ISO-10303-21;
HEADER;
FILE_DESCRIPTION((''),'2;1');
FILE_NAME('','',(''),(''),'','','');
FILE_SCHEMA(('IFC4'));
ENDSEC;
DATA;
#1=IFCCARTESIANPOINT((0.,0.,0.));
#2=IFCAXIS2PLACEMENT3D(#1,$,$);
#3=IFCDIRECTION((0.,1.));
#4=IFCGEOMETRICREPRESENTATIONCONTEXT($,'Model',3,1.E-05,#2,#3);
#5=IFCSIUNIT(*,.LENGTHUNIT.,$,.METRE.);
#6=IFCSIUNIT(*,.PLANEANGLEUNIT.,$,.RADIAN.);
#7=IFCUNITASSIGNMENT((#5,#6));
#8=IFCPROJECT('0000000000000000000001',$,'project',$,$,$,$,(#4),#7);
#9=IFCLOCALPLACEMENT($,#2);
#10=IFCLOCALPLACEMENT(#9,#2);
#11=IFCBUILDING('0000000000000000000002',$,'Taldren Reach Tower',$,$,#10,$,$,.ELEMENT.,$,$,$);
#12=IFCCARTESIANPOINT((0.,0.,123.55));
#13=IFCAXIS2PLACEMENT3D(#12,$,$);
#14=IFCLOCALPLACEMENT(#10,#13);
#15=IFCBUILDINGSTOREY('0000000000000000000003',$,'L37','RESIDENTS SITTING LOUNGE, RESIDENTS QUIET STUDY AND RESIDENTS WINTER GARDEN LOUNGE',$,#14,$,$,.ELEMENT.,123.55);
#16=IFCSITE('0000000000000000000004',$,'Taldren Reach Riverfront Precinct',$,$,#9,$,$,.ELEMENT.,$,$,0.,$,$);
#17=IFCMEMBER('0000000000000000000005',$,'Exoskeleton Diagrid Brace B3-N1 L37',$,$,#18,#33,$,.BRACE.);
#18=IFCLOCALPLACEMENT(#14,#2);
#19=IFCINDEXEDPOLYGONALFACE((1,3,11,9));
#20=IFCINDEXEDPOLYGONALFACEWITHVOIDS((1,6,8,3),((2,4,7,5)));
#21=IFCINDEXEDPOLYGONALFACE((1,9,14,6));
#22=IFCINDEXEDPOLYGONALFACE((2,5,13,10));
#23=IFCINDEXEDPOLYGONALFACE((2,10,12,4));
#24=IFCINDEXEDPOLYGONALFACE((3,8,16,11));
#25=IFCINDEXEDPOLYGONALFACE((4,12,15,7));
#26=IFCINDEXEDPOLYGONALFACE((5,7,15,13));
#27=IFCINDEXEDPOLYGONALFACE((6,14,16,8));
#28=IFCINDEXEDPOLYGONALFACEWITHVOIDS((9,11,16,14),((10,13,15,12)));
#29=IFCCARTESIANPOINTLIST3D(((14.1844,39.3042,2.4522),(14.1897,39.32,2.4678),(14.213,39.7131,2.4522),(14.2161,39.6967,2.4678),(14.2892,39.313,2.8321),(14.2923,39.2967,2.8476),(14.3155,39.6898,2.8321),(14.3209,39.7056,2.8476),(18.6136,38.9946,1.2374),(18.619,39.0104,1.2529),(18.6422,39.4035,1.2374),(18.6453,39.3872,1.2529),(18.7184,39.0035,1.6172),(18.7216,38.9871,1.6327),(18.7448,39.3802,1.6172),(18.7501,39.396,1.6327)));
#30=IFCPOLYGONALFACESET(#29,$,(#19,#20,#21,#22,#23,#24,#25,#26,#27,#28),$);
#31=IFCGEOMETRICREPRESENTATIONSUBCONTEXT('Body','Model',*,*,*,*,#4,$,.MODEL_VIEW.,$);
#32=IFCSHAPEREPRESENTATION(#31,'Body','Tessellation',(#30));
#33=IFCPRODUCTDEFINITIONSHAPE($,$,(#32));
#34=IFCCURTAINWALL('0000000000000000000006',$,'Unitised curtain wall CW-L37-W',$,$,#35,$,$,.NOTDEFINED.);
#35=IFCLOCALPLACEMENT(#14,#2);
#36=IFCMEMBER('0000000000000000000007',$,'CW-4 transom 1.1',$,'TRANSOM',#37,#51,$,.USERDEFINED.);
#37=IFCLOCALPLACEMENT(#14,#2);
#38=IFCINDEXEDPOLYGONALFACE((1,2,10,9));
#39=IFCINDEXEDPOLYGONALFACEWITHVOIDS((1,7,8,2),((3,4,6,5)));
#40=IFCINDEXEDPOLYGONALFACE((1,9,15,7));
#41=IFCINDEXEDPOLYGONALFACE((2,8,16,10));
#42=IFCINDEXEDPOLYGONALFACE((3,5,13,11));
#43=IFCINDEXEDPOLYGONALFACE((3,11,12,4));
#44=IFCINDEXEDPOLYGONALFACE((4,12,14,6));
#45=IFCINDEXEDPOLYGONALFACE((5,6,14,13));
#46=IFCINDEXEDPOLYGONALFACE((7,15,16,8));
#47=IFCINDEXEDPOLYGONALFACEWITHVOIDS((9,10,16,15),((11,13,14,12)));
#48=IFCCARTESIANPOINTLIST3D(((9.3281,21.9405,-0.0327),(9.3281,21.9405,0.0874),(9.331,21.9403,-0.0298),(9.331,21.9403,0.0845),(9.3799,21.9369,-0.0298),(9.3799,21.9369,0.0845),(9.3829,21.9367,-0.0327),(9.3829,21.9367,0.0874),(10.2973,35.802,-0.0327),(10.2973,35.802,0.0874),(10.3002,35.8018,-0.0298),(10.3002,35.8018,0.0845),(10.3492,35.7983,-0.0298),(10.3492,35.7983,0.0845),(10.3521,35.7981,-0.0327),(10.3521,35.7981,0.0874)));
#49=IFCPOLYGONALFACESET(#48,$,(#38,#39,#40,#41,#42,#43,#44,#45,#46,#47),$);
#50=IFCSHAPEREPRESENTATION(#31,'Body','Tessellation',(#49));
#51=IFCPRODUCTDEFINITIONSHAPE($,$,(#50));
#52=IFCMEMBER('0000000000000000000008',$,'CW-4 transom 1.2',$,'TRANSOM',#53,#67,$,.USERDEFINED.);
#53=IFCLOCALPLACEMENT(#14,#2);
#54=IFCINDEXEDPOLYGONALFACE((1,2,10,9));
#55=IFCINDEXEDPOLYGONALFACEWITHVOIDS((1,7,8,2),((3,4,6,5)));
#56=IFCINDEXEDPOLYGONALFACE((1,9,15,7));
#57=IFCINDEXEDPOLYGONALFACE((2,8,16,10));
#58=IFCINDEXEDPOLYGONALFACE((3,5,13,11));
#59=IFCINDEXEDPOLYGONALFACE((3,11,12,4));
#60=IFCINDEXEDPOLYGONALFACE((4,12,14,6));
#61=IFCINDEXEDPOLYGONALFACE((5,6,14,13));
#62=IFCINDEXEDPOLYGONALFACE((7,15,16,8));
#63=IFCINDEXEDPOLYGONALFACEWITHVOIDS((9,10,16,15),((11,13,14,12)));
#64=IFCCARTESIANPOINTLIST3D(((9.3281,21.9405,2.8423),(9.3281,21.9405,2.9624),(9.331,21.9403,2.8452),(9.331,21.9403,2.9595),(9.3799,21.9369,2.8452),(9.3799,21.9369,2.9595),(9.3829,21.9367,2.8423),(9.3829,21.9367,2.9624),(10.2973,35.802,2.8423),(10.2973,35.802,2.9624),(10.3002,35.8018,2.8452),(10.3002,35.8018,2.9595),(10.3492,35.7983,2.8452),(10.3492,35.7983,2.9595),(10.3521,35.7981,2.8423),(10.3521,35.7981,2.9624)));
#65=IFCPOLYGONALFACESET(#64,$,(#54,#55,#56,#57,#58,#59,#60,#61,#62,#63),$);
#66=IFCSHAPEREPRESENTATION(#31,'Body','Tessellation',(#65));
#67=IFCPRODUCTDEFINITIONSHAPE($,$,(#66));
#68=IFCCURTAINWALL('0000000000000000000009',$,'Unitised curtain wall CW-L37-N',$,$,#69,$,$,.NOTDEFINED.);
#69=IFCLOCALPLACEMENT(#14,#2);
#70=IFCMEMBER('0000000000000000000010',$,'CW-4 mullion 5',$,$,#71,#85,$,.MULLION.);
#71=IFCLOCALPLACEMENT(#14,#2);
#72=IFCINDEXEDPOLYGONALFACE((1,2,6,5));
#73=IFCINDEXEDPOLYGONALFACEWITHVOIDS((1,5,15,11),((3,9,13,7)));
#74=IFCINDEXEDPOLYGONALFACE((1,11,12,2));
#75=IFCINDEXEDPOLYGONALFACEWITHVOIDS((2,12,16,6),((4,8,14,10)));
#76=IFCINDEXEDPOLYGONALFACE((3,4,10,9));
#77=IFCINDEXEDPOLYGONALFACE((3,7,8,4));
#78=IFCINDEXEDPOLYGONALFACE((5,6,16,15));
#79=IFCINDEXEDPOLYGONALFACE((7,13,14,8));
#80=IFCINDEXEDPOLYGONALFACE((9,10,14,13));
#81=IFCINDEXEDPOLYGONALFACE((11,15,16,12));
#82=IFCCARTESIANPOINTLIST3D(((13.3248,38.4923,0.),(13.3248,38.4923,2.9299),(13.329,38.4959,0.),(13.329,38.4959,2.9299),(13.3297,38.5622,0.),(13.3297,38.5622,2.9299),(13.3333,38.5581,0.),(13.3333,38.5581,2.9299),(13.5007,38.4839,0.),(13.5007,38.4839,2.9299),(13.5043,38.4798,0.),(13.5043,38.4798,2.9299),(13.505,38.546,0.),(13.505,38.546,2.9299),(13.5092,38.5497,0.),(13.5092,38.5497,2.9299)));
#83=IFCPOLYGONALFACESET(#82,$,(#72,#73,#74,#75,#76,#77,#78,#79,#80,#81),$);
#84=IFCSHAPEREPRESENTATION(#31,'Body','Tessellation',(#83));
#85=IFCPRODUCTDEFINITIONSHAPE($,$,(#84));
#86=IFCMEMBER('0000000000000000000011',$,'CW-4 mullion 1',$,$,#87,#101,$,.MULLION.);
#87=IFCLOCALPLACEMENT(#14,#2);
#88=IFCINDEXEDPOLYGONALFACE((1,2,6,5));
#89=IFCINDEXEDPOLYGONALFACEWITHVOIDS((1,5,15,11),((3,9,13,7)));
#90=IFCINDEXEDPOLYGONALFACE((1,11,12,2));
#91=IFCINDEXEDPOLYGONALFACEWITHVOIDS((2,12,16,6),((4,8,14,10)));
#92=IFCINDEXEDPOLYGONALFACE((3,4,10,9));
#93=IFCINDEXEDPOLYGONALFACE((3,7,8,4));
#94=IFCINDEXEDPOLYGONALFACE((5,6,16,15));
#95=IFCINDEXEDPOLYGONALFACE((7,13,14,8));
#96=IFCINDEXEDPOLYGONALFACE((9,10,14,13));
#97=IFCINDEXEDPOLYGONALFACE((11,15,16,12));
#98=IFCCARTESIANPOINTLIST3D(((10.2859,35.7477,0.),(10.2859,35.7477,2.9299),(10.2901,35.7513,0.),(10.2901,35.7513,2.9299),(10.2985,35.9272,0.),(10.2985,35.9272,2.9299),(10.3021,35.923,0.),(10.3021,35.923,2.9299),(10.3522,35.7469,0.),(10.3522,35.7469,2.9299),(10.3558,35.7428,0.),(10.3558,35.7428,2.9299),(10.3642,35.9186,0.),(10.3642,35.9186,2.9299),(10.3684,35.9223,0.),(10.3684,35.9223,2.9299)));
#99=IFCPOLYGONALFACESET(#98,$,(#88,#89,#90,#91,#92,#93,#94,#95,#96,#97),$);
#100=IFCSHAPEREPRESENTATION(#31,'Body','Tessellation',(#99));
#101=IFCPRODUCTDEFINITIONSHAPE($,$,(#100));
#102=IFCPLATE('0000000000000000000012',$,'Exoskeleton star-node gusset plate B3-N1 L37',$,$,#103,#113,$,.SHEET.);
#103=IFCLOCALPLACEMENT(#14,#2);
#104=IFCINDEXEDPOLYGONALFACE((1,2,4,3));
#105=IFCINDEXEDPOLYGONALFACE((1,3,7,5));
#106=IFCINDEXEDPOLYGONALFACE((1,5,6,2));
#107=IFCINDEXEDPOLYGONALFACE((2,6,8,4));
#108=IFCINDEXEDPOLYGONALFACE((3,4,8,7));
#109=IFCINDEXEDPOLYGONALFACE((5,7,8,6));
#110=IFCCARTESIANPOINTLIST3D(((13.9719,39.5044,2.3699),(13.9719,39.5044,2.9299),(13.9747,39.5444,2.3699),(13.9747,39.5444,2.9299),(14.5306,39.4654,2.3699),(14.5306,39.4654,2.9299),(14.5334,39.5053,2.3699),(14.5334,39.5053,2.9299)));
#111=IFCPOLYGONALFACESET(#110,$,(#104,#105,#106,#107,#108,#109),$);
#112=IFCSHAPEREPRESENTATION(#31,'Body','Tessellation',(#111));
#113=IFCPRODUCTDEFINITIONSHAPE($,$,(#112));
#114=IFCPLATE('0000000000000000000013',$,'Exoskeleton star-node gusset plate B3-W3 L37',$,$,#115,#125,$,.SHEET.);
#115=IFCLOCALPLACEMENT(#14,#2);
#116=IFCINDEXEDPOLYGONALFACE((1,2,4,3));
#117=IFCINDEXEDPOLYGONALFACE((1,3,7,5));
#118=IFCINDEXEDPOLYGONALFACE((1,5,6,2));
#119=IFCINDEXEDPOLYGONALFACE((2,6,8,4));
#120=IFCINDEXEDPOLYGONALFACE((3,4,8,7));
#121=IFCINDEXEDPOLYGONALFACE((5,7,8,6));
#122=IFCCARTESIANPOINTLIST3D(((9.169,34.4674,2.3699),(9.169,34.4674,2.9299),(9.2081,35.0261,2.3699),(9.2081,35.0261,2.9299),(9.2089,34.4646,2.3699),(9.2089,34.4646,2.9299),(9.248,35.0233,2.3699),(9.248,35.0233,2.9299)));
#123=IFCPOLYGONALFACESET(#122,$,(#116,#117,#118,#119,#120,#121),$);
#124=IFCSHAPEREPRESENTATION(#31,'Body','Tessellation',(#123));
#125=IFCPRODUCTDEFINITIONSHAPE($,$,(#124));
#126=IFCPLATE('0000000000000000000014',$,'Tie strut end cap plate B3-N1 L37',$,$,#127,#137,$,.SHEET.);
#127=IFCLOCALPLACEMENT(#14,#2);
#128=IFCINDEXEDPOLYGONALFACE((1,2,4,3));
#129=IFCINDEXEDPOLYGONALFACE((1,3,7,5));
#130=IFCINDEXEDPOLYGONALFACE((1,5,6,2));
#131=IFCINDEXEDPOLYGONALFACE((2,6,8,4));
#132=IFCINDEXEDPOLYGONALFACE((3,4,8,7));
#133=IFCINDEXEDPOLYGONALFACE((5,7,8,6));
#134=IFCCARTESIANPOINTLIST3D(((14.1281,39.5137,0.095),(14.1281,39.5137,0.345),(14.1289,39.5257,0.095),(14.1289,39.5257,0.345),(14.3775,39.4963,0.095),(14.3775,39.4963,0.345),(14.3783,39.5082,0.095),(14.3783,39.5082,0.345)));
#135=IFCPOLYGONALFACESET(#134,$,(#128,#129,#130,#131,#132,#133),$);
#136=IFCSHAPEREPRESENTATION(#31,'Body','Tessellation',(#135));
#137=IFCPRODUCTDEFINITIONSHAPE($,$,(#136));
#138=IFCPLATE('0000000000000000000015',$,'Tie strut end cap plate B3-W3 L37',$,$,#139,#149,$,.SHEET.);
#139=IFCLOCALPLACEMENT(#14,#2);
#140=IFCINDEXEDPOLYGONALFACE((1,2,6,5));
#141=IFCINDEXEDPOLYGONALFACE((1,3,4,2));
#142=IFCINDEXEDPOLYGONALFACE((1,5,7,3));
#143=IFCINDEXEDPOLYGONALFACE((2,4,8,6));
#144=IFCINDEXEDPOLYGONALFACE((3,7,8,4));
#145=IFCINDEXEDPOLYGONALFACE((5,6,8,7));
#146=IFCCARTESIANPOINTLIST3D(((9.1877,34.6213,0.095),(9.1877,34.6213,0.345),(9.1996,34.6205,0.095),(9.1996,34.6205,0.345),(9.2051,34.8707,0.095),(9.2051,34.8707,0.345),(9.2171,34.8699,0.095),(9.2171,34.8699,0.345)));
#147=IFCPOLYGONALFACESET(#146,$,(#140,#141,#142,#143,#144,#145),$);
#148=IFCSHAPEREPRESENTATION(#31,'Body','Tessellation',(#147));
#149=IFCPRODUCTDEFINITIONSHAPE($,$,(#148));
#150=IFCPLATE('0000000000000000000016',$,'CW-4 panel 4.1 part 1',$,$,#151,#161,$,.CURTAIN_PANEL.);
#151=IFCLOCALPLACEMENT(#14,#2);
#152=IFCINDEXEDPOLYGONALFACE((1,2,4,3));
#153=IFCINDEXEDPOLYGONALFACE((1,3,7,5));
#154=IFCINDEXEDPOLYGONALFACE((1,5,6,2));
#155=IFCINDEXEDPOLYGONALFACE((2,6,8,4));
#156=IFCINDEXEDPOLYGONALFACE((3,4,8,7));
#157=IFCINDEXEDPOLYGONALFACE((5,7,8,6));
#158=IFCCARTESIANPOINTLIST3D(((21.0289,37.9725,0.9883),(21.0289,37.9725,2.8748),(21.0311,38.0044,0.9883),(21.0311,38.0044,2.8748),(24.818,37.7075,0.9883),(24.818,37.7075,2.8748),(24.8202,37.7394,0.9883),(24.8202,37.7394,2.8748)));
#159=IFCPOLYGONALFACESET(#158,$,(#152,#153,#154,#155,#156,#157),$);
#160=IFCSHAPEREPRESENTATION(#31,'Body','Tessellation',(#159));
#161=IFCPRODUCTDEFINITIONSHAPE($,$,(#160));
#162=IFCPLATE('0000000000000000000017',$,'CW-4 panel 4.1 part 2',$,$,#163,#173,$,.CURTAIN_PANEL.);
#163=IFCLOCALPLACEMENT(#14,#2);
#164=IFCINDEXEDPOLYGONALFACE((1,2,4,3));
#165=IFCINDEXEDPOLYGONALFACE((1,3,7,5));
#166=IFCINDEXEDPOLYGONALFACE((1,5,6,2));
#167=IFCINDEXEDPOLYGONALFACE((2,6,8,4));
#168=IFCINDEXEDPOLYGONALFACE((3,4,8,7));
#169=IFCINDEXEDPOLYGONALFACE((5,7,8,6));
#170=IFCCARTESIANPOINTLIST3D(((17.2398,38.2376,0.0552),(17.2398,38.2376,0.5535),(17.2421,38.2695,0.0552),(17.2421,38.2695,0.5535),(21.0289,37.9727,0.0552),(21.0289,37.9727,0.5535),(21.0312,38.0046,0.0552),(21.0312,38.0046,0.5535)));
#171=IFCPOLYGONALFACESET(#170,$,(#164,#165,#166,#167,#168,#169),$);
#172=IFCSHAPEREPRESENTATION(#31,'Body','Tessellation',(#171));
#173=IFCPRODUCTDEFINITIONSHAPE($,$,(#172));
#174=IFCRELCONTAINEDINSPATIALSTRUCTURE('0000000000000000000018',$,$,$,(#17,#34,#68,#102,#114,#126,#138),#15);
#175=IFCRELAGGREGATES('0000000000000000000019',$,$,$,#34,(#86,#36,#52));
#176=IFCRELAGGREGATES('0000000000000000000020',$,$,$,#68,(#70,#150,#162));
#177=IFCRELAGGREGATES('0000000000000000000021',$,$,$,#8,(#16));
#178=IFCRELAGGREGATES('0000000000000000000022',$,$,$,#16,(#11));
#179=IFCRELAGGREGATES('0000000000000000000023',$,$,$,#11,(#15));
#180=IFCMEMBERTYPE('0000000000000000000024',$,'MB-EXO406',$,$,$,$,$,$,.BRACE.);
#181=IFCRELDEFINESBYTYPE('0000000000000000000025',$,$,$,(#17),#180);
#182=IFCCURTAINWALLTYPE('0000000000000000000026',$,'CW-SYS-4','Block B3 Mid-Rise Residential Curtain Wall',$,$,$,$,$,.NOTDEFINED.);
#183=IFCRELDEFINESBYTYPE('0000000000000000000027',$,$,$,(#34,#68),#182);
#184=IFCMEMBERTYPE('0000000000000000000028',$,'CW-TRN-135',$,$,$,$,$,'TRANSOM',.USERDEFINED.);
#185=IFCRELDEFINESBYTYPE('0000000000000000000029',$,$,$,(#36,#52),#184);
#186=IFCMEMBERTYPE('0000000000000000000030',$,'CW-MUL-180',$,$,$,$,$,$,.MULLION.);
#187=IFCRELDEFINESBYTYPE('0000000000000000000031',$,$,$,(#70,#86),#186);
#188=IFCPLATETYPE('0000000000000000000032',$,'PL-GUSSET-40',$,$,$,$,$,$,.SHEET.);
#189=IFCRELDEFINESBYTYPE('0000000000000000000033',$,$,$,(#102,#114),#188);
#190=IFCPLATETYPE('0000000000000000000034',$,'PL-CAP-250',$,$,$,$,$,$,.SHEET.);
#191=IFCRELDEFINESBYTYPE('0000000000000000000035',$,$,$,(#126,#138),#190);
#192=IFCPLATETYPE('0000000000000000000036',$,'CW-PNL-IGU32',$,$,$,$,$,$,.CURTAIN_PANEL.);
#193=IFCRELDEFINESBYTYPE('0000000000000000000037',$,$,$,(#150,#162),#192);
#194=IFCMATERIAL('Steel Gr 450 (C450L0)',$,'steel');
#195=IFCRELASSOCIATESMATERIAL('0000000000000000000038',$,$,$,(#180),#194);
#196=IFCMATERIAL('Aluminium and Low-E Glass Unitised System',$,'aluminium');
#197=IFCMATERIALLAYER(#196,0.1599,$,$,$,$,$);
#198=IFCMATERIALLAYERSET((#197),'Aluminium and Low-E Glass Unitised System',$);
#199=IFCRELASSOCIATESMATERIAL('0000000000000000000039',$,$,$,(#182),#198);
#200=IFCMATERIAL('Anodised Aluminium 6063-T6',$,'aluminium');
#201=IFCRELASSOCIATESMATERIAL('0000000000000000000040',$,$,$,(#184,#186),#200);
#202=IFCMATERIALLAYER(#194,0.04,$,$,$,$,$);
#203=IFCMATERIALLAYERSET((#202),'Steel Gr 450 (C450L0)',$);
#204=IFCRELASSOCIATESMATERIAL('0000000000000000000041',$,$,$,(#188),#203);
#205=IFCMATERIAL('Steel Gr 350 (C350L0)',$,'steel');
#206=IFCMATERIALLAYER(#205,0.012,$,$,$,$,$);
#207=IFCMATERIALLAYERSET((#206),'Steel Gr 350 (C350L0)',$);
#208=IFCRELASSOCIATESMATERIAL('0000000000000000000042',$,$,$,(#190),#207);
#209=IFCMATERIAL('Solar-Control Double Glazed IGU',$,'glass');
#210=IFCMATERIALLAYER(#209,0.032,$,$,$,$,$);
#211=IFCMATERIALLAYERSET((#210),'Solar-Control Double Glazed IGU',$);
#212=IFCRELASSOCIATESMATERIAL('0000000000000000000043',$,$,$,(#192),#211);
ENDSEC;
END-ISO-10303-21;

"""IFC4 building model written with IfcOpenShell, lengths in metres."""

from ifc_helpers import new_model, si_unit, direction, frame, origin, origin_2d, place, context, subcontext, project, spatial, rectangle, hollow_rectangle, extrude, source, transform, mapped, material, layer, layer_set, material_profile, profile_set, type_object, element, aggregate, save


model = new_model("IFC4")

# Units and contexts
model_context = context("Model", 3, precision=1e-05, world=origin(), true_north=direction((0.0, 1.0)))
body_context = subcontext(model_context, "Body", "Model", "MODEL_VIEW")
ifc_project = project(units=[si_unit("LENGTHUNIT", "METRE"), si_unit("PLANEANGLEUNIT", "RADIAN")], contexts=[model_context])

# Site, building, storey
site_placement = place(None, origin())
site = spatial("IfcSite", under=ifc_project, at=site_placement, Name="Taldren Reach Riverfront Precinct", CompositionType="ELEMENT", RefElevation=0.0)
building_placement = place(site_placement, origin())
building = spatial("IfcBuilding", under=site, at=building_placement, Name="Taldren Reach Tower", CompositionType="ELEMENT")
storey_placement = place(building_placement, frame((0.0, 0.0, 123.55)))
storey = spatial("IfcBuildingStorey", under=building, at=storey_placement, Name="L37", Description="RESIDENTS SITTING LOUNGE, RESIDENTS QUIET STUDY AND RESIDENTS WINTER GARDEN LOUNGE", CompositionType="ELEMENT", Elevation=123.55)

# Shared definitions
ifc_material_1 = material(Name="Steel Gr 450 (C450L0)", Category="steel")

# Shared definitions
ifc_material_2 = material(Name="Steel Gr 350 (C350L0)", Category="steel")

# Member
ifc_material_profile_1 = material_profile(ifc_material_1, hollow_rectangle(XDim=0.4099, YDim=0.4099, WallThickness=0.0161, at=origin_2d()), Name="410x410x16.0SHS")
ifc_profile_set_1 = profile_set([ifc_material_profile_1], Name="Steel Gr 450 (C450L0)")
member_type_1 = type_object("IfcMemberType", Name="MB-EXO406", PredefinedType="BRACE", material=ifc_profile_set_1)
shared_shape_1 = source(origin(), body_context, "Body", "SweptSolid", [
    extrude(hollow_rectangle(XDim=0.4099, YDim=0.4099, WallThickness=0.0161, at=origin_2d()), origin(), (0.0, 0.0, 1.0), 4.6033),
])
member_1_placement = place(storey_placement, frame((18.6819, 39.1953, 1.4351), z_axis=(-0.962199, 0.067251, 0.263913), x_axis=(-0.069723, -0.997566, 0.0)))
element("IfcMember", 1, at=member_1_placement, inside=storey, type_object=member_type_1, Name="Exoskeleton Diagrid Brace B3-N1 L37", PredefinedType="BRACE", context=body_context, shape_type="MappedRepresentation", body=[
    mapped(shared_shape_1, transform((0.0, 0.0, 0.0), scale=1.0)),
])

# Curtain wall, members
ifc_material_3 = material(Name="Aluminium and Low-E Glass Unitised System", Category="aluminium")
ifc_layer_1 = layer(ifc_material_3, 0.1599)
ifc_layer_set_1 = layer_set([ifc_layer_1], Name="Aluminium and Low-E Glass Unitised System")
curtain_wall_type = type_object("IfcCurtainWallType", Name="CW-SYS-4", Description="Block B3 Mid-Rise Residential Curtain Wall", PredefinedType="NOTDEFINED", material=ifc_layer_set_1)
curtain_wall_1_placement = place(storey_placement, origin())
curtain_wall_1 = element("IfcCurtainWall", 2, at=curtain_wall_1_placement, inside=storey, type_object=curtain_wall_type, Name="Unitised curtain wall CW-L37-W", PredefinedType="NOTDEFINED")
ifc_material_4 = material(Name="Anodised Aluminium 6063-T6", Category="aluminium")
ifc_material_profile_2 = material_profile(ifc_material_4, hollow_rectangle(XDim=0.0549, YDim=0.1201, WallThickness=0.0029, at=origin_2d()), Name="ALU-120x55x3RHS")
ifc_profile_set_2 = profile_set([ifc_material_profile_2], Name="Anodised Aluminium 6063-T6")
member_type_2 = type_object("IfcMemberType", Name="CW-TRN-135", ElementType="TRANSOM", PredefinedType="USERDEFINED", material=ifc_profile_set_2)
shared_shape_2 = source(origin(), body_context, "Body", "SweptSolid", [
    extrude(hollow_rectangle(XDim=0.0549, YDim=0.1201, WallThickness=0.0029, at=origin_2d()), origin(), (0.0, 0.0, 1.0), 13.8953),
])
member_2_placement = place(storey_placement, frame((10.3247, 35.8, 0.0273), z_axis=(-0.069754, -0.997564, 0.0), x_axis=(0.997564, -0.069754, 0.0)))
member_2 = element("IfcMember", 3, at=member_2_placement, type_object=member_type_2, Name="CW-4 transom 1.1", ObjectType="TRANSOM", PredefinedType="USERDEFINED", context=body_context, shape_type="MappedRepresentation", body=[
    mapped(shared_shape_2, transform((0.0, 0.0, 0.0), scale=1.0)),
])
member_3_placement = place(storey_placement, frame((10.3247, 35.8, 2.9023), z_axis=(-0.069754, -0.997564, 0.0), x_axis=(0.997564, -0.069754, 0.0)))
member_3 = element("IfcMember", 4, at=member_3_placement, type_object=member_type_2, Name="CW-4 transom 1.2", ObjectType="TRANSOM", PredefinedType="USERDEFINED", context=body_context, shape_type="MappedRepresentation", body=[
    mapped(shared_shape_2, transform((0.0, 0.0, 0.0), scale=1.0)),
])

# Curtain wall, member
curtain_wall_2_placement = place(storey_placement, origin())
curtain_wall_2 = element("IfcCurtainWall", 5, at=curtain_wall_2_placement, inside=storey, type_object=curtain_wall_type, Name="Unitised curtain wall CW-L37-N", PredefinedType="NOTDEFINED")
ifc_material_profile_3 = material_profile(ifc_material_4, hollow_rectangle(XDim=0.0701, YDim=0.1799, WallThickness=0.0039, at=origin_2d()), Name="ALU-180x70x4RHS")
ifc_profile_set_3 = profile_set([ifc_material_profile_3], Name="Anodised Aluminium 6063-T6")
member_type_3 = type_object("IfcMemberType", Name="CW-MUL-180", PredefinedType="MULLION", material=ifc_profile_set_3)
shared_shape_3 = source(origin(), body_context, "Body", "SweptSolid", [
    extrude(hollow_rectangle(XDim=0.0701, YDim=0.1799, WallThickness=0.0039, at=origin_2d()), origin(), (0.0, 0.0, 1.0), 2.9299),
])
member_4_placement = place(storey_placement, frame((13.417, 38.521, 0.0), z_axis=(0.0, 0.0, 1.0), x_axis=(-0.069757, -0.997564, 0.0)))
member_4 = element("IfcMember", 6, at=member_4_placement, type_object=member_type_3, Name="CW-4 mullion 5", PredefinedType="MULLION", context=body_context, shape_type="MappedRepresentation", body=[
    mapped(shared_shape_3, transform((0.0, 0.0, 0.0), scale=1.0)),
])

# Member
member_5_placement = place(storey_placement, frame((10.3271, 35.835, 0.0), z_axis=(0.0, 0.0, 1.0), x_axis=(0.997564, -0.069756, 0.0)))
member_5 = element("IfcMember", 7, at=member_5_placement, type_object=member_type_3, Name="CW-4 mullion 1", PredefinedType="MULLION", context=body_context, shape_type="MappedRepresentation", body=[
    mapped(shared_shape_3, transform((0.0, 0.0, 0.0), scale=1.0)),
])
aggregate(curtain_wall_1, [member_5, member_2, member_3])

# Plates
ifc_layer_2 = layer(ifc_material_1, 0.04)
ifc_layer_set_2 = layer_set([ifc_layer_2], Name="Steel Gr 450 (C450L0)")
plate_type_1 = type_object("IfcPlateType", Name="PL-GUSSET-40", PredefinedType="SHEET", material=ifc_layer_set_2)
shared_shape_4 = source(origin(), body_context, "Body", "SweptSolid", [
    extrude(rectangle(XDim=0.5601, YDim=0.04, at=origin_2d()), origin(), (0.0, 0.0, 1.0), 0.5601),
])
for number, where, z_axis, x_axis, name in (
    (8, (14.2527, 39.5049, 2.3699), (0.0, 0.0, 1.0), (0.997564, -0.069756, 0.0), "Exoskeleton star-node gusset plate B3-N1 L37"),
    (9, (9.2085, 34.7454, 2.3699), (0.0, 0.0, 1.0), (0.069756, 0.997564, 0.0), "Exoskeleton star-node gusset plate B3-W3 L37"),
):
    element("IfcPlate", number, at=place(storey_placement, frame(where, z_axis=z_axis, x_axis=x_axis)), inside=storey, type_object=plate_type_1, Name=name, PredefinedType="SHEET", context=body_context, shape_type="MappedRepresentation", body=[
        mapped(shared_shape_4, transform((0.0, 0.0, 0.0), scale=1.0)),
    ])
ifc_layer_3 = layer(ifc_material_2, 0.012)
ifc_layer_set_3 = layer_set([ifc_layer_3], Name="Steel Gr 350 (C350L0)")
plate_type_2 = type_object("IfcPlateType", Name="PL-CAP-250", PredefinedType="SHEET", material=ifc_layer_set_3)
shared_shape_5 = source(origin(), body_context, "Body", "SweptSolid", [
    extrude(rectangle(XDim=0.25, YDim=0.012, at=origin_2d()), origin(), (0.0, 0.0, 1.0), 0.25),
])
plate_1_placement = place(storey_placement, frame((14.2532, 39.511, 0.095), z_axis=(0.0, 0.0, 1.0), x_axis=(0.997564, -0.069756, 0.0)))
element("IfcPlate", 10, at=plate_1_placement, inside=storey, type_object=plate_type_2, Name="Tie strut end cap plate B3-N1 L37", PredefinedType="SHEET", context=body_context, shape_type="MappedRepresentation", body=[
    mapped(shared_shape_5, transform((0.0, 0.0, 0.0), scale=1.0)),
])
shared_shape_6 = source(origin(), body_context, "Body", "SweptSolid", [
    extrude(rectangle(XDim=0.012, YDim=0.25, at=origin_2d()), origin(), (0.0, 0.0, 1.0), 0.25),
])
plate_2_placement = place(storey_placement, frame((9.2024, 34.7456, 0.095), z_axis=(0.0, 0.0, 1.0), x_axis=(0.997564, -0.069756, 0.0)))
element("IfcPlate", 11, at=plate_2_placement, inside=storey, type_object=plate_type_2, Name="Tie strut end cap plate B3-W3 L37", PredefinedType="SHEET", context=body_context, shape_type="MappedRepresentation", body=[
    mapped(shared_shape_6, transform((0.0, 0.0, 0.0), scale=1.0)),
])

# Plates
ifc_material_5 = material(Name="Solar-Control Double Glazed IGU", Category="glass")
ifc_layer_4 = layer(ifc_material_5, 0.032)
ifc_layer_set_4 = layer_set([ifc_layer_4], Name="Solar-Control Double Glazed IGU")
plate_type_3 = type_object("IfcPlateType", Name="CW-PNL-IGU32", PredefinedType="CURTAIN_PANEL", material=ifc_layer_set_4)
shared_shape_7 = source(origin(), body_context, "Body", "SweptSolid", [
    extrude(rectangle(XDim=3.7983, YDim=0.032, at=origin_2d()), origin(), (0.0, 0.0, 1.0), 1.8865),
])
plate_3_placement = place(storey_placement, frame((22.9246, 37.856, 0.9883), z_axis=(0.0, 0.0, 1.0), x_axis=(-0.997564, 0.069757, 0.0)))
plate_3 = element("IfcPlate", 12, at=plate_3_placement, type_object=plate_type_3, Name="CW-4 panel 4.1 part 1", PredefinedType="CURTAIN_PANEL", context=body_context, shape_type="MappedRepresentation", body=[
    mapped(shared_shape_7, transform((0.0, 0.0, 0.0), scale=1.0)),
])
shared_shape_8 = source(origin(), body_context, "Body", "SweptSolid", [
    extrude(rectangle(XDim=3.7983, YDim=0.032, at=origin_2d()), origin(), (0.0, 0.0, 1.0), 0.4983),
])
plate_4_placement = place(storey_placement, frame((19.1355, 38.1211, 0.0552), z_axis=(0.0, 0.0, 1.0), x_axis=(-0.997564, 0.069757, 0.0)))
plate_4 = element("IfcPlate", 13, at=plate_4_placement, type_object=plate_type_3, Name="CW-4 panel 4.1 part 2", PredefinedType="CURTAIN_PANEL", context=body_context, shape_type="MappedRepresentation", body=[
    mapped(shared_shape_8, transform((0.0, 0.0, 0.0), scale=1.0)),
])
aggregate(curtain_wall_2, [member_4, plate_3, plate_4])

save(model, "model.ifc")
